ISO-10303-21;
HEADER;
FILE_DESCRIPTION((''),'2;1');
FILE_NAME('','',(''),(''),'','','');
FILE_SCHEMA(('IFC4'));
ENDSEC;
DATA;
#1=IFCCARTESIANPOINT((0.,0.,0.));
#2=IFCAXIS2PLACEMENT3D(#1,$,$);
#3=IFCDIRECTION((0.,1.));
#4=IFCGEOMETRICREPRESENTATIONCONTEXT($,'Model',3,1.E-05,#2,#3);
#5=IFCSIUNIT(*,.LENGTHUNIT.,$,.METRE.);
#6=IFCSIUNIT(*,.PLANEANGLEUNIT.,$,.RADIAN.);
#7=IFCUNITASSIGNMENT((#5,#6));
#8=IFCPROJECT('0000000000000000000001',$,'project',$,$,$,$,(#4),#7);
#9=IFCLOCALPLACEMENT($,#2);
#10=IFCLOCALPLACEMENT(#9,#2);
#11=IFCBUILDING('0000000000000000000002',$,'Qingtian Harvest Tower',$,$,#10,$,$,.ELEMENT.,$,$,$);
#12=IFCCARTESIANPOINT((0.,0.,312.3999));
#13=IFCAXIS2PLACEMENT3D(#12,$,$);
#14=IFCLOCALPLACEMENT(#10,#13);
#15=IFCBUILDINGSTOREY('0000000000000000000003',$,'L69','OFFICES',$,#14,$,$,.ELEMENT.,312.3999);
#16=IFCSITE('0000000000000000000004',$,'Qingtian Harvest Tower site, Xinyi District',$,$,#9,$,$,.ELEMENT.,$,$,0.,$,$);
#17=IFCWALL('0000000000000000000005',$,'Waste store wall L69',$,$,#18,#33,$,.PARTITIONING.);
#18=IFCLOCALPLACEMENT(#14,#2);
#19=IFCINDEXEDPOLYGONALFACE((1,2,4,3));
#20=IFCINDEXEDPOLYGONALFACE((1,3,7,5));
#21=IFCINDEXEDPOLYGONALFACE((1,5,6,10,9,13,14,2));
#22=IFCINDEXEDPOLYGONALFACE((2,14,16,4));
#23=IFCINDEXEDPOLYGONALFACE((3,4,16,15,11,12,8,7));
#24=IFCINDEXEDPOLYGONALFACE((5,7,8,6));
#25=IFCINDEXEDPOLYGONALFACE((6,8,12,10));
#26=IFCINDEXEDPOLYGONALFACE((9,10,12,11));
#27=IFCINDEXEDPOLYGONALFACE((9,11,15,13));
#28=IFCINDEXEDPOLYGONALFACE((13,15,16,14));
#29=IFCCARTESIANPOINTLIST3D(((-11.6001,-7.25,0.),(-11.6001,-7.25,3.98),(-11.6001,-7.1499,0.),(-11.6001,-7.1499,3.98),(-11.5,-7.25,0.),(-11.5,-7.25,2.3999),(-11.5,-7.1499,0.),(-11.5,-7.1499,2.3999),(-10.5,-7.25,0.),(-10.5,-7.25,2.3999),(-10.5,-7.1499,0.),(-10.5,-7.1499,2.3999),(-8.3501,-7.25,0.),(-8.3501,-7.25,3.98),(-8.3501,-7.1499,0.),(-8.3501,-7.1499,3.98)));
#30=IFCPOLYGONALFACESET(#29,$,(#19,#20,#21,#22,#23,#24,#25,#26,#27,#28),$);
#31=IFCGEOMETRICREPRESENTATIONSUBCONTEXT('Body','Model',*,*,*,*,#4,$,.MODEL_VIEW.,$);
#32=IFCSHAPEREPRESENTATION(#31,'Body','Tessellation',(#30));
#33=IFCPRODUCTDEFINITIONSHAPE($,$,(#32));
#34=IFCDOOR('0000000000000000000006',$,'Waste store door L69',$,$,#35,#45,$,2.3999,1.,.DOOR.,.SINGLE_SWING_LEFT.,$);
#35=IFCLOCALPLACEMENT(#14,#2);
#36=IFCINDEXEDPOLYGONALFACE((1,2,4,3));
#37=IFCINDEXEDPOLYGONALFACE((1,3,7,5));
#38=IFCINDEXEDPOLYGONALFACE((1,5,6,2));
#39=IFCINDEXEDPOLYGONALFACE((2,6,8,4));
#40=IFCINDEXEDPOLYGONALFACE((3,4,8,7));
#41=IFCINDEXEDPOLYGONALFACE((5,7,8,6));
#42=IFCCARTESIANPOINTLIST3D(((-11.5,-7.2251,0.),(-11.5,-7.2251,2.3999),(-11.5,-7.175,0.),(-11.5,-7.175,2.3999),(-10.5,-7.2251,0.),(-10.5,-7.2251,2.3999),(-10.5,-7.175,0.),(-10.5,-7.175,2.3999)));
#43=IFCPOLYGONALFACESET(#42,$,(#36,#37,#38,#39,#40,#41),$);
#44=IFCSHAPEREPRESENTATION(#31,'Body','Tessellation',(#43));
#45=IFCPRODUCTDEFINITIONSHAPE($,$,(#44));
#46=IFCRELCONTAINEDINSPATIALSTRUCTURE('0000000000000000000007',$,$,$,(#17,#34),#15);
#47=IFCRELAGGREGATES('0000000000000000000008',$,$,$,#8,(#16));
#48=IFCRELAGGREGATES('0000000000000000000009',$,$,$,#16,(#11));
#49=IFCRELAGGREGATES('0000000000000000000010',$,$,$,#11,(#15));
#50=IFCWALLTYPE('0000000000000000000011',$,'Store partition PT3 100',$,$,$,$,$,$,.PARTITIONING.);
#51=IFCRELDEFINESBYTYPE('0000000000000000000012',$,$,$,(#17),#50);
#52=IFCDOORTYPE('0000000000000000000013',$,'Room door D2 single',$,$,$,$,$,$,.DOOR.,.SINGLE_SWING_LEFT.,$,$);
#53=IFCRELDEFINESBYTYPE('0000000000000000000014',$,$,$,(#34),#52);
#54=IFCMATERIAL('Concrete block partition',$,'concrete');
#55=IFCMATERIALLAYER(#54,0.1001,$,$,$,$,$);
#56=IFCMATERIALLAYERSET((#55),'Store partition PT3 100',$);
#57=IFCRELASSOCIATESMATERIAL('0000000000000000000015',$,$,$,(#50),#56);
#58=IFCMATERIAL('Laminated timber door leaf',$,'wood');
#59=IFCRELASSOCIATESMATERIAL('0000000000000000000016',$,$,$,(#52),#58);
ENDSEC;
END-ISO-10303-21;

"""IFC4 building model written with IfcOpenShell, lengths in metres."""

from ifc_helpers import new_model, si_unit, direction, frame, frame_2d, origin, place, context, subcontext, project, spatial, rectangle, extrude, material, layer, layer_set, type_object, element, fill, save


model = new_model("IFC4")

# Units and contexts
model_context = context("Model", 3, precision=1e-05, world=origin(), true_north=direction((0.0, 1.0)))
body_context = subcontext(model_context, "Body", "Model", "MODEL_VIEW")
ifc_project = project(units=[si_unit("LENGTHUNIT", "METRE"), si_unit("PLANEANGLEUNIT", "RADIAN")], contexts=[model_context])

# Site, building, storey
site_placement = place(None, origin())
site = spatial("IfcSite", under=ifc_project, at=site_placement, Name="Qingtian Harvest Tower site, Xinyi District", CompositionType="ELEMENT", RefElevation=0.0)
building_placement = place(site_placement, origin())
building = spatial("IfcBuilding", under=site, at=building_placement, Name="Qingtian Harvest Tower", CompositionType="ELEMENT")
storey_placement = place(building_placement, frame((0.0, 0.0, 312.3999)))
storey = spatial("IfcBuildingStorey", under=building, at=storey_placement, Name="L69", Description="OFFICES", CompositionType="ELEMENT", Elevation=312.3999)

# Wall, opening, door
ifc_material_1 = material(Name="Concrete block partition", Category="concrete")
ifc_layer_1 = layer(ifc_material_1, 0.1001)
ifc_layer_set_1 = layer_set([ifc_layer_1], Name="Store partition PT3 100")
wall_type_1 = type_object("IfcWallType", Name="Store partition PT3 100", PredefinedType="PARTITIONING", material=ifc_layer_set_1)
wall_1_placement = place(storey_placement, frame((-11.6001, -7.2, 0.0), z_axis=(0.0, 0.0, 1.0), x_axis=(1.0, 0.0, 0.0)))
wall_1 = element("IfcWall", 1, at=wall_1_placement, inside=storey, type_object=wall_type_1, Name="Waste store wall L69", PredefinedType="PARTITIONING", context=body_context, shape_type="SweptSolid", body=[
    extrude(rectangle(XDim=3.25, YDim=0.1001, at=frame_2d((1.625, 0.0))), origin(), (0.0, 0.0, 1.0), 3.98),
])
opening_1_placement = place(wall_1_placement, frame((0.1001, 0.0, 0.0)))
opening_1 = element("IfcOpeningElement", 2, at=opening_1_placement, cuts=wall_1, PredefinedType="OPENING", context=body_context, shape_type="SweptSolid", body=[
    extrude(rectangle(XDim=1.0, YDim=2.3999, at=frame_2d((0.5, 1.2))), frame((0.0, 0.0601, 0.0), z_axis=(0.0, -1.0, 0.0), x_axis=(1.0, 0.0, 0.0)), (0.0, 0.0, 1.0), 0.1201),
])
ifc_material_2 = material(Name="Laminated timber door leaf", Category="wood")
door_type_1 = type_object("IfcDoorType", Name="Room door D2 single", OperationType="SINGLE_SWING_LEFT", PredefinedType="DOOR", material=ifc_material_2)
door_1_placement = place(opening_1_placement, origin())
door_1 = element("IfcDoor", 3, at=door_1_placement, inside=storey, type_object=door_type_1, Name="Waste store door L69", OperationType="SINGLE_SWING_LEFT", OverallHeight=2.3999, OverallWidth=1.0, PredefinedType="DOOR", context=body_context, shape_type="SweptSolid", body=[
    extrude(rectangle(XDim=1.0, YDim=2.3999, at=frame_2d((0.5, 1.2))), frame((0.0, 0.0249, 0.0), z_axis=(0.0, -1.0, 0.0), x_axis=(1.0, 0.0, 0.0)), (0.0, 0.0, 1.0), 0.05),
])
fill(opening_1, door_1)

save(model, "model.ifc")
